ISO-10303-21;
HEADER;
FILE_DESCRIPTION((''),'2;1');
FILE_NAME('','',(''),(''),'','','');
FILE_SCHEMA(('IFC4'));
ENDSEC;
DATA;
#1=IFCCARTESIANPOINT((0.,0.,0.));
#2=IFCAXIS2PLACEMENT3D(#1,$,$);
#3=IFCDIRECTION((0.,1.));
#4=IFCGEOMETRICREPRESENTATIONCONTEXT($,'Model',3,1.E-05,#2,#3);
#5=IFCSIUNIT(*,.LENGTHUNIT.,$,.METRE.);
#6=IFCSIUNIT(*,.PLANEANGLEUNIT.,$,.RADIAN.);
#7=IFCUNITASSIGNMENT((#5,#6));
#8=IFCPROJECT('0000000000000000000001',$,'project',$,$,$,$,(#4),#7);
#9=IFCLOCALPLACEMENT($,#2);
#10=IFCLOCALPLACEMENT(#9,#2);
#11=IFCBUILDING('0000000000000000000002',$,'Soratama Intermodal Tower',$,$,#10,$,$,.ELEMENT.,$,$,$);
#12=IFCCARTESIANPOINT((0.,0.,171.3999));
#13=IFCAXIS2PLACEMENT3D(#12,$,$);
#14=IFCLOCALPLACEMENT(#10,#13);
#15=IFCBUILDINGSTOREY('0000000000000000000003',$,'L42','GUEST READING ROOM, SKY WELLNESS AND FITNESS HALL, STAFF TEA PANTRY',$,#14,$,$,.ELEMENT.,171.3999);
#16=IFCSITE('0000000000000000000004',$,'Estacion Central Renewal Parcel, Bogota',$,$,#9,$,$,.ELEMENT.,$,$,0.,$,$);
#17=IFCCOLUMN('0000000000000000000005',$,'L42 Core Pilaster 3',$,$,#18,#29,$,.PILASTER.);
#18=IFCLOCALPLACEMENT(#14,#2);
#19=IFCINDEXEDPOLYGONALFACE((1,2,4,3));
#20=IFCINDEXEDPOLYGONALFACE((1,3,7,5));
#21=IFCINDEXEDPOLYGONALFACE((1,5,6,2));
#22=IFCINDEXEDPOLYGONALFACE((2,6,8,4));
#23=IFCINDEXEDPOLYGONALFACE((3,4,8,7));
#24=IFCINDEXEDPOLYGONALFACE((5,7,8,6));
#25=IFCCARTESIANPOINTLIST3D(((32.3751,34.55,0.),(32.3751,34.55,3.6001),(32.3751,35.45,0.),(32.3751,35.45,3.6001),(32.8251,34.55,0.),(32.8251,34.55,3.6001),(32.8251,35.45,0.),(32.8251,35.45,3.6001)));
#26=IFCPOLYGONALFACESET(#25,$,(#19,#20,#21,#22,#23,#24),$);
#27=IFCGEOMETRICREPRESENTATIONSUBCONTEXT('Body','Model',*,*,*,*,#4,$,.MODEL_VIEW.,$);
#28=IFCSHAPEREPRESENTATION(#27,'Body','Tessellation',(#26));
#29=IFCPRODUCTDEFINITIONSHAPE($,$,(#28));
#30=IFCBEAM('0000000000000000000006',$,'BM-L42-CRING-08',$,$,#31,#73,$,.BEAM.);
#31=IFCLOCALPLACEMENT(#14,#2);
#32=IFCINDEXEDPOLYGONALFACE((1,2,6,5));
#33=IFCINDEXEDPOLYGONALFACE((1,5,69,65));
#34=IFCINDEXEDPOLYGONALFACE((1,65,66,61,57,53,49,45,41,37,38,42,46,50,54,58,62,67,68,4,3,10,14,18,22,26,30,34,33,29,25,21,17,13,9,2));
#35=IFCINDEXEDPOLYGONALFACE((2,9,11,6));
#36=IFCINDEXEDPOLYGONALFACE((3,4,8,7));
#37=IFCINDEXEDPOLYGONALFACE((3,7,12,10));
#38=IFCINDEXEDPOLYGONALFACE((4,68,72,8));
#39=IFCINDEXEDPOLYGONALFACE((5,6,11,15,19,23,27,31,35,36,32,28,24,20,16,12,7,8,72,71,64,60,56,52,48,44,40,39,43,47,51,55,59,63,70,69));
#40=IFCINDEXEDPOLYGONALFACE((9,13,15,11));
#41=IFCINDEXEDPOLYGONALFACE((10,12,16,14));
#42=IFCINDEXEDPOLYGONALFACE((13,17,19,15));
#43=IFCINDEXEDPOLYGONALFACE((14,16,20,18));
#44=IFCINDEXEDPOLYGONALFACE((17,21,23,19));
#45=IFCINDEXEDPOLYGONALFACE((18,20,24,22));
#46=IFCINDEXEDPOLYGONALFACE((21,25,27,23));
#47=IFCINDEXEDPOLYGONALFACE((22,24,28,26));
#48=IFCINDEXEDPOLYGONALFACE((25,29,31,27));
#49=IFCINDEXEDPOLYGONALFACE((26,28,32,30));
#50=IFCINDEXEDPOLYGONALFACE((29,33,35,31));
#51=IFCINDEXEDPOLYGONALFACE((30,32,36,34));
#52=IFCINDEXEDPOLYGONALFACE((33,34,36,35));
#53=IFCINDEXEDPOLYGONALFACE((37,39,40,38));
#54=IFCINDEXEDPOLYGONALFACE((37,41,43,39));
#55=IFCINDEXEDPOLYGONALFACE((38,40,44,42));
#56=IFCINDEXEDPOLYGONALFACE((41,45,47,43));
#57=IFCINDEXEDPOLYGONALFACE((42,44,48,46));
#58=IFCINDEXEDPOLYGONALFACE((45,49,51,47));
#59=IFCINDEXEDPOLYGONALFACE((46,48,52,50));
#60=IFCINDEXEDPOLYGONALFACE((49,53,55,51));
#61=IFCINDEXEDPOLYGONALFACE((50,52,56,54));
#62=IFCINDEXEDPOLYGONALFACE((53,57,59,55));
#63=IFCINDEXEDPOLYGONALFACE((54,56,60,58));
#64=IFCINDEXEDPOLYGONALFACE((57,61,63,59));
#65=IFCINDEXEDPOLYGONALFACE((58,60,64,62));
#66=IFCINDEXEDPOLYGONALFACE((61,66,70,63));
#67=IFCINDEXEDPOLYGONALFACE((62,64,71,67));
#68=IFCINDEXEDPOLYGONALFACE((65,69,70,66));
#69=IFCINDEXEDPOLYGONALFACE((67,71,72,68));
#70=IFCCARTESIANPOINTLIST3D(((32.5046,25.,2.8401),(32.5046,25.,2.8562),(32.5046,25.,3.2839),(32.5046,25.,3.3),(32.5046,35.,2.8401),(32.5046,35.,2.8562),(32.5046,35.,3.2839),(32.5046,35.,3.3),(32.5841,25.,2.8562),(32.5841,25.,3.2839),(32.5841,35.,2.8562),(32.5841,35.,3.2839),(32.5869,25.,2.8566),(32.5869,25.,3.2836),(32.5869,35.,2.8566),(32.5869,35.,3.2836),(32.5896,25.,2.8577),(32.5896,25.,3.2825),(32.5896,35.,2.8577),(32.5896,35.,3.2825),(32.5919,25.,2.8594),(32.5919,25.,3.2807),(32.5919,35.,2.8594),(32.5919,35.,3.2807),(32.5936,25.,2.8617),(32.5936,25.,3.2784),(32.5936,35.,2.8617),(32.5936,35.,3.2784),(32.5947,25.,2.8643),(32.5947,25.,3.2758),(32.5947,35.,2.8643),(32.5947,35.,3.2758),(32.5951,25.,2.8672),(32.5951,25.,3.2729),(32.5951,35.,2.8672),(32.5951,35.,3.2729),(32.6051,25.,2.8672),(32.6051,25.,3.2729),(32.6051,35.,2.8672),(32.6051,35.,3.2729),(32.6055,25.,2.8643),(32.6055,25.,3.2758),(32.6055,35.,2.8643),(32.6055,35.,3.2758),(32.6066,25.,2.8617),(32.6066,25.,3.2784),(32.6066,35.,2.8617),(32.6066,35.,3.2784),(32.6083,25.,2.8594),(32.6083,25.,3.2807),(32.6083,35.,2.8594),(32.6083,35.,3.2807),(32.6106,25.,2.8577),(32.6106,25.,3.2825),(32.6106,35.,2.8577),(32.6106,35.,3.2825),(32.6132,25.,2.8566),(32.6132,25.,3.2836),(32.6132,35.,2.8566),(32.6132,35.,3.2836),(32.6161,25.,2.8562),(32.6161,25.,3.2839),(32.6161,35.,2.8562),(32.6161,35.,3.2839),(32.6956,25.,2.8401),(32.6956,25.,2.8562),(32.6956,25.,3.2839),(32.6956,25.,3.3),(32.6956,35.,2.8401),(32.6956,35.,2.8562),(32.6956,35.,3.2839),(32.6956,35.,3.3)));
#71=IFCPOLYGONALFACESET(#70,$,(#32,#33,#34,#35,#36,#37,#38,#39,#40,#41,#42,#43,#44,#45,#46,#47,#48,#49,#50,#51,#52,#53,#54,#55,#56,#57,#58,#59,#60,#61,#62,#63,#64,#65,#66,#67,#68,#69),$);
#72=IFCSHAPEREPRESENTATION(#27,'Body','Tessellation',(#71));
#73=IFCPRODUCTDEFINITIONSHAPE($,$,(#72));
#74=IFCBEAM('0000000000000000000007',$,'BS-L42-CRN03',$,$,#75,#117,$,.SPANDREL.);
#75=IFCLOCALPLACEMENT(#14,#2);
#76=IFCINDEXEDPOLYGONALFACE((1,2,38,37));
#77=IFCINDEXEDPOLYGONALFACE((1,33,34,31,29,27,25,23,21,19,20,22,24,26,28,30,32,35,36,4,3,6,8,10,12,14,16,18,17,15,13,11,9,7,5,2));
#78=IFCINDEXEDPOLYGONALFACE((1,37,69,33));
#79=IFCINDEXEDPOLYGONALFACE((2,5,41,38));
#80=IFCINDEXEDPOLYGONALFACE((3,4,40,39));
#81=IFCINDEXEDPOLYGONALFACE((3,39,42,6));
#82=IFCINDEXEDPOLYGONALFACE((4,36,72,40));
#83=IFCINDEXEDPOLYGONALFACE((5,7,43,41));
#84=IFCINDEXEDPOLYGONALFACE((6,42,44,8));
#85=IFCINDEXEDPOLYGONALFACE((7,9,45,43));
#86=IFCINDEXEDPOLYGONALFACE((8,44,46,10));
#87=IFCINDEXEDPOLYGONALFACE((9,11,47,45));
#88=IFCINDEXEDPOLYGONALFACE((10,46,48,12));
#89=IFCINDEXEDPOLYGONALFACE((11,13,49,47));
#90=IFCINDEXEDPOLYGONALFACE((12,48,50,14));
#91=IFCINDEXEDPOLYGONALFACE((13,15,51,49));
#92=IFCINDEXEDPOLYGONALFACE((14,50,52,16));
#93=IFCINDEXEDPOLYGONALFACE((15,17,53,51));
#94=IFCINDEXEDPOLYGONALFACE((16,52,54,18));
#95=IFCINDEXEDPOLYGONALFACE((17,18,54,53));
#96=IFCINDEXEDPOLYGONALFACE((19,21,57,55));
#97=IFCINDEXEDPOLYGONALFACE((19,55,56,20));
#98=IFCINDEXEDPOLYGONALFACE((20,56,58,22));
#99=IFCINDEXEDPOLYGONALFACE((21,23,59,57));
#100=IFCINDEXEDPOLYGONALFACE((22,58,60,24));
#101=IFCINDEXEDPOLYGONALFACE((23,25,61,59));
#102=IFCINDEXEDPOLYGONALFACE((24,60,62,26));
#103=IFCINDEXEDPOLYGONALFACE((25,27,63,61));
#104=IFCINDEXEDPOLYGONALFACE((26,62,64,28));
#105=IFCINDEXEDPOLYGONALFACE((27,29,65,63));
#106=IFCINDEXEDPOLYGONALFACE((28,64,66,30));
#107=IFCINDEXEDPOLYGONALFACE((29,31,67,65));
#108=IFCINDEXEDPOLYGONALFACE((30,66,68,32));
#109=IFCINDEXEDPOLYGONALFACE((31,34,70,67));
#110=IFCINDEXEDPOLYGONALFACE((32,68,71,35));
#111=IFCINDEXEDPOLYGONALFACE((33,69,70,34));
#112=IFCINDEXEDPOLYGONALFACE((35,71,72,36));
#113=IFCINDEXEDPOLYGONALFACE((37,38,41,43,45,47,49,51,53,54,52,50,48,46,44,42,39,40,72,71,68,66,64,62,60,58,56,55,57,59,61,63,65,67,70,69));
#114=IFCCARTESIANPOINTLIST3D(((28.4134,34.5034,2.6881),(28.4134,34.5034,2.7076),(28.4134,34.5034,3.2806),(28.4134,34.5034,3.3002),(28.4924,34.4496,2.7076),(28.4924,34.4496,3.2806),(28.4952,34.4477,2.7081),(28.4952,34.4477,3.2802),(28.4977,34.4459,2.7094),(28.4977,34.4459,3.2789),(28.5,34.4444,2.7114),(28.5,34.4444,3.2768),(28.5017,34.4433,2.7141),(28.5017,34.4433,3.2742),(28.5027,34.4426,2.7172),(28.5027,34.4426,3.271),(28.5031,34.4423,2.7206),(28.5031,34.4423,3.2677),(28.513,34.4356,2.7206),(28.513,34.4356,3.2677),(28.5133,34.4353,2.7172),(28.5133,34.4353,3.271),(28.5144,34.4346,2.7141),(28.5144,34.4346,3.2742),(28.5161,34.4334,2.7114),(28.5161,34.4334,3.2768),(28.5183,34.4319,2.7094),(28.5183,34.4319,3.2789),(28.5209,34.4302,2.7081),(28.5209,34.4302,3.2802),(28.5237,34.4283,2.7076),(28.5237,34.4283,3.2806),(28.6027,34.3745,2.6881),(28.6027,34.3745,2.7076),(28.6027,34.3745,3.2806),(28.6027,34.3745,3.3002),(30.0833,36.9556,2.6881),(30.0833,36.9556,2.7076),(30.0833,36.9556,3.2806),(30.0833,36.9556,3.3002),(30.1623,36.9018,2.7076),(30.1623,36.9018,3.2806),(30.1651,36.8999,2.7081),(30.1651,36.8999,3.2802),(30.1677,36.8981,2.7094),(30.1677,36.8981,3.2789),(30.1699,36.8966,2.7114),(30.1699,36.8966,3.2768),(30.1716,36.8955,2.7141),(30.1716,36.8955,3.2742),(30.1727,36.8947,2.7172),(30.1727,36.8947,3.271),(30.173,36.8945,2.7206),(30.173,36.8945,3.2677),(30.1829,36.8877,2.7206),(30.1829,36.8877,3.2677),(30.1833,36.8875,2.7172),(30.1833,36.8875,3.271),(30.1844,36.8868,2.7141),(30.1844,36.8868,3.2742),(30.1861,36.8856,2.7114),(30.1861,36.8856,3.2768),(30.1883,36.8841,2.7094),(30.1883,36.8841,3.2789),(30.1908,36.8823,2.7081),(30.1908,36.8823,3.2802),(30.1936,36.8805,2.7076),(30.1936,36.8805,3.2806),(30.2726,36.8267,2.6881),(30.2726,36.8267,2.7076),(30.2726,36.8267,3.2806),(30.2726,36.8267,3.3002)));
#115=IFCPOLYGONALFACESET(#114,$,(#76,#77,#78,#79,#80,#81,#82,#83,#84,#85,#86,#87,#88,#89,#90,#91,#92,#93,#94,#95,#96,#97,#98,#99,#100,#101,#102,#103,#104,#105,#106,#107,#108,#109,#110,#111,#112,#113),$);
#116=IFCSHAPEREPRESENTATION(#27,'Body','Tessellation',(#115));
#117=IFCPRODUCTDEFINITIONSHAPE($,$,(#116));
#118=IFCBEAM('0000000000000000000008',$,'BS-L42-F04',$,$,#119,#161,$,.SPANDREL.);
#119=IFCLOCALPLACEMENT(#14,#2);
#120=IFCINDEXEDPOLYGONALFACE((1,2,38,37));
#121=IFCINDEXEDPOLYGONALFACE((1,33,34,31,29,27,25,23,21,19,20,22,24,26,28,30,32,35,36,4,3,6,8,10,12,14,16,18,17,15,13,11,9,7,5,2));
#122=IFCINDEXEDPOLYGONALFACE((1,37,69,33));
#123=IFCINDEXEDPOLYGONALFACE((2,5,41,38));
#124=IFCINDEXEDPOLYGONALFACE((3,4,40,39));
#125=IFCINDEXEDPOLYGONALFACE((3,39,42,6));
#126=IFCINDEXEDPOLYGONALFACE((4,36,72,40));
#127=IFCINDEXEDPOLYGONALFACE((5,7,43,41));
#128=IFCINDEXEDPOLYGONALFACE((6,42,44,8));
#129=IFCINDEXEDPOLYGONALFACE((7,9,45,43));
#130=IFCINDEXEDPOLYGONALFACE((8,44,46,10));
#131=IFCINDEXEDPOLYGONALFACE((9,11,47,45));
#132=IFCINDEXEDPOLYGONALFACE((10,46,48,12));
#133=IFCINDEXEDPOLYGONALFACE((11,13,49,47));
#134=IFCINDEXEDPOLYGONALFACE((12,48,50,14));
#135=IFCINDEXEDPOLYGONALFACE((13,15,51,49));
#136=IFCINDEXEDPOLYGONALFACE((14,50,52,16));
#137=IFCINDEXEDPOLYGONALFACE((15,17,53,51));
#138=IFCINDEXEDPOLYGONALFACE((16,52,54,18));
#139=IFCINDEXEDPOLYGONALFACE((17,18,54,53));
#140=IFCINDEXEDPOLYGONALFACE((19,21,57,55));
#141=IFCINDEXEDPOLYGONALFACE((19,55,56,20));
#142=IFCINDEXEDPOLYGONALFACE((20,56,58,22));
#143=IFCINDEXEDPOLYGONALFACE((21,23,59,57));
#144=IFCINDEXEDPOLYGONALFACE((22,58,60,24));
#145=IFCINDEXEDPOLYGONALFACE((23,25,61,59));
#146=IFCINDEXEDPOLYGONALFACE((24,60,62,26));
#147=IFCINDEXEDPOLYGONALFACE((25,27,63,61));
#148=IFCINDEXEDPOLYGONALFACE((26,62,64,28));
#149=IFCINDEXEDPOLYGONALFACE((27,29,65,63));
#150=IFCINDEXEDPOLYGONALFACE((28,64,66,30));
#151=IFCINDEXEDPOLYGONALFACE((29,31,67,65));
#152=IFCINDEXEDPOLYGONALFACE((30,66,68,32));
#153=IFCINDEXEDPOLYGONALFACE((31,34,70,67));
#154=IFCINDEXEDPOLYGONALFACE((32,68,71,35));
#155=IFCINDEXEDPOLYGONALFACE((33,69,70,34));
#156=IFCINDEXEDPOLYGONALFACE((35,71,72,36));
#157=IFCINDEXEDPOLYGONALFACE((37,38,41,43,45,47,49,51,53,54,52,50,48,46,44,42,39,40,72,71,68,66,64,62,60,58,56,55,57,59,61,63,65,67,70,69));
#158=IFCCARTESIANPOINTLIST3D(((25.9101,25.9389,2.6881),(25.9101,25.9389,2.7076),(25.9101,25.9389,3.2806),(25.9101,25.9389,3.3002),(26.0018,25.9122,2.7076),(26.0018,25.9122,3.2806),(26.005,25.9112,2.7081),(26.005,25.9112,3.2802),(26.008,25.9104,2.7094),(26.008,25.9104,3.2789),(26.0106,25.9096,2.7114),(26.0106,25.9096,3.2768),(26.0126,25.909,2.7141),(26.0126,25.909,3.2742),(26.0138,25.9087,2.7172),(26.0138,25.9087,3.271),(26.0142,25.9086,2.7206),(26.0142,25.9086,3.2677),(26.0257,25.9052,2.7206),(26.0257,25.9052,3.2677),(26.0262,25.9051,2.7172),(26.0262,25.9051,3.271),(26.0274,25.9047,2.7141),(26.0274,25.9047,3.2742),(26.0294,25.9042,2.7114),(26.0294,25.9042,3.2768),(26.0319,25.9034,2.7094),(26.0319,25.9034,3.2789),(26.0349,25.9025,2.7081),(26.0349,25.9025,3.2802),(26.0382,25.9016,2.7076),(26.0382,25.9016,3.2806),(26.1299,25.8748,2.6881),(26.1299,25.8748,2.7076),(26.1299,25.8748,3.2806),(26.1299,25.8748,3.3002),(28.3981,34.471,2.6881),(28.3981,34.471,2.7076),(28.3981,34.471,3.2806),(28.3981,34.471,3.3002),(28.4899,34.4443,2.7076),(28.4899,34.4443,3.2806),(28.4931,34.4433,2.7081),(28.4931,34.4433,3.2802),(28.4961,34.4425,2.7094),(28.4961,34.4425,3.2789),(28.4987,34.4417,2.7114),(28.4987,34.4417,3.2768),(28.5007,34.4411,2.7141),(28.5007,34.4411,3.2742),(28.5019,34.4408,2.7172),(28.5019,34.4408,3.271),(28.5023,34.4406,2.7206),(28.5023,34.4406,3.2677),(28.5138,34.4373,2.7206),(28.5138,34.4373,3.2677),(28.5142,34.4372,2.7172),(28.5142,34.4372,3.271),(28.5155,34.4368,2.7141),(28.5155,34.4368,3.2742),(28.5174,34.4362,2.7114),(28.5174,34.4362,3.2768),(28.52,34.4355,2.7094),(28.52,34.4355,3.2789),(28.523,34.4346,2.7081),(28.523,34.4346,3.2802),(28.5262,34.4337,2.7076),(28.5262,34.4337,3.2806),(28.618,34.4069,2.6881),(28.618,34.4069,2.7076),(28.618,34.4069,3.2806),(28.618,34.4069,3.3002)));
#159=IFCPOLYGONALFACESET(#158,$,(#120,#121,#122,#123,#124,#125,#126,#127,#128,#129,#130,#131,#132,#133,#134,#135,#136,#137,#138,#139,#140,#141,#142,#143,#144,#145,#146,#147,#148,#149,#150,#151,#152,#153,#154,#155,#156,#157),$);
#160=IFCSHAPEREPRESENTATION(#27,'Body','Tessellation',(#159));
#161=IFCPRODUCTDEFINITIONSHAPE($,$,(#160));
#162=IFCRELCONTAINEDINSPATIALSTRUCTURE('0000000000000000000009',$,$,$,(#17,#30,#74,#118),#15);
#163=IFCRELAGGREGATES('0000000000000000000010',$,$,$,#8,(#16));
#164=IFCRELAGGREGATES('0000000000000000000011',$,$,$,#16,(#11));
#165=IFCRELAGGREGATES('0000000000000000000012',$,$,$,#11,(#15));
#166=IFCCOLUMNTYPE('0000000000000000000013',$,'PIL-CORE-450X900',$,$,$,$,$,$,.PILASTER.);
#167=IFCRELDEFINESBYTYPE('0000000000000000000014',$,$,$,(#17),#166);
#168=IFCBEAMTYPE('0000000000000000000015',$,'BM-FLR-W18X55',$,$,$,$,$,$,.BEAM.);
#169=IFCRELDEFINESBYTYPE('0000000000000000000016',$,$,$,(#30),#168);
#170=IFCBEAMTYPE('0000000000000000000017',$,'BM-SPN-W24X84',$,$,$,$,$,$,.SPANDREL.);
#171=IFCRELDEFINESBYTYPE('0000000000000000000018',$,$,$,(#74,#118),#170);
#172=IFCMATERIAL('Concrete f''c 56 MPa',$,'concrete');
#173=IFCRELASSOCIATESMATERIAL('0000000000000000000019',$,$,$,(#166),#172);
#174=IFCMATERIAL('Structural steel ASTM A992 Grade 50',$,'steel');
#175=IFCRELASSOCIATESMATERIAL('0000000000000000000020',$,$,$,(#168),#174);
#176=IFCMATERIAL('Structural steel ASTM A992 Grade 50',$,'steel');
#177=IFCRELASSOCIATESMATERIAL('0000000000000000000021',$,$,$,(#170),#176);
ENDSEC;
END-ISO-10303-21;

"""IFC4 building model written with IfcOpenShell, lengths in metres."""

from ifc_helpers import new_model, si_unit, direction, frame, origin, origin_2d, place, context, subcontext, project, spatial, rectangle, i_section, extrude, material, material_profile, profile_set, type_object, element, save


model = new_model("IFC4")

# Units and contexts
model_context = context("Model", 3, precision=1e-05, world=origin(), true_north=direction((0.0, 1.0)))
body_context = subcontext(model_context, "Body", "Model", "MODEL_VIEW")
ifc_project = project(units=[si_unit("LENGTHUNIT", "METRE"), si_unit("PLANEANGLEUNIT", "RADIAN")], contexts=[model_context])

# Site, building, storey
site_placement = place(None, origin())
site = spatial("IfcSite", under=ifc_project, at=site_placement, Name="Estacion Central Renewal Parcel, Bogota", CompositionType="ELEMENT", RefElevation=0.0)
building_placement = place(site_placement, origin())
building = spatial("IfcBuilding", under=site, at=building_placement, Name="Soratama Intermodal Tower", CompositionType="ELEMENT")
storey_placement = place(building_placement, frame((0.0, 0.0, 171.3999)))
storey = spatial("IfcBuildingStorey", under=building, at=storey_placement, Name="L42", Description="GUEST READING ROOM, SKY WELLNESS AND FITNESS HALL, STAFF TEA PANTRY", CompositionType="ELEMENT", Elevation=171.3999)

# Column
ifc_material_1 = material(Name="Concrete f'c 56 MPa", Category="concrete")
ifc_material_profile_1 = material_profile(ifc_material_1, rectangle(XDim=0.45, YDim=0.8999, at=origin_2d()), Name="RC450X900")
ifc_profile_set_1 = profile_set([ifc_material_profile_1], Name="Concrete f'c 56 MPa")
column_type = type_object("IfcColumnType", Name="PIL-CORE-450X900", PredefinedType="PILASTER", material=ifc_profile_set_1)
column_placement = place(storey_placement, frame((32.6001, 35.0, 0.0), z_axis=(0.0, 0.0, 1.0), x_axis=(1.0, 0.0, 0.0)))
element("IfcColumn", 1, at=column_placement, inside=storey, type_object=column_type, Name="L42 Core Pilaster 3", PredefinedType="PILASTER", context=body_context, shape_type="SweptSolid", body=[
    extrude(rectangle(XDim=0.45, YDim=0.8999, at=origin_2d()), origin(), (0.0, 0.0, 1.0), 3.6001),
])

# Beams
ifc_material_2 = material(Name="Structural steel ASTM A992 Grade 50", Category="steel")
ifc_material_profile_2 = material_profile(ifc_material_2, i_section(OverallWidth=0.1909, OverallDepth=0.46, WebThickness=0.01, FlangeThickness=0.0161, FilletRadius=0.011, at=origin_2d()), Name="W18X55")
ifc_profile_set_2 = profile_set([ifc_material_profile_2], Name="Structural steel ASTM A992 Grade 50")
beam_type_1 = type_object("IfcBeamType", Name="BM-FLR-W18X55", PredefinedType="BEAM", material=ifc_profile_set_2)
beam_1_placement = place(storey_placement, frame((32.6001, 35.0, 3.0701), z_axis=(0.0, -1.0, 0.0), x_axis=(1.0, 0.0, 0.0)))
element("IfcBeam", 2, at=beam_1_placement, inside=storey, type_object=beam_type_1, Name="BM-L42-CRING-08", PredefinedType="BEAM", context=body_context, shape_type="SweptSolid", body=[
    extrude(i_section(OverallWidth=0.1909, OverallDepth=0.46, WebThickness=0.01, FlangeThickness=0.0161, FilletRadius=0.011, at=origin_2d()), origin(), (0.0, 0.0, 1.0), 10.0),
])
ifc_material_3 = material(Name="Structural steel ASTM A992 Grade 50", Category="steel")
ifc_material_profile_3 = material_profile(ifc_material_3, i_section(OverallWidth=0.229, OverallDepth=0.6121, WebThickness=0.012, FlangeThickness=0.0195, FilletRadius=0.0129, at=origin_2d()), Name="W24X84")
ifc_profile_set_3 = profile_set([ifc_material_profile_3], Name="Structural steel ASTM A992 Grade 50")
beam_type_2 = type_object("IfcBeamType", Name="BM-SPN-W24X84", PredefinedType="SPANDREL", material=ifc_profile_set_3)
beam_2_placement = place(storey_placement, frame((30.178, 36.8911, 2.9941), z_axis=(-0.562877, -0.826541, 0.0), x_axis=(0.826541, -0.562877, 0.0)))
element("IfcBeam", 3, at=beam_2_placement, inside=storey, type_object=beam_type_2, Name="BS-L42-CRN03", PredefinedType="SPANDREL", context=body_context, shape_type="SweptSolid", body=[
    extrude(i_section(OverallWidth=0.229, OverallDepth=0.6121, WebThickness=0.012, FlangeThickness=0.0195, FilletRadius=0.0129, at=origin_2d()), origin(), (0.0, 0.0, 1.0), 2.9668),
])
beam_3_placement = place(storey_placement, frame((28.5081, 34.439, 2.9941), z_axis=(-0.279953, -0.960014, 0.0), x_axis=(0.960014, -0.279953, 0.0)))
element("IfcBeam", 4, at=beam_3_placement, inside=storey, type_object=beam_type_2, Name="BS-L42-F04", PredefinedType="SPANDREL", context=body_context, shape_type="SweptSolid", body=[
    extrude(i_section(OverallWidth=0.229, OverallDepth=0.6121, WebThickness=0.012, FlangeThickness=0.0195, FilletRadius=0.0129, at=origin_2d()), origin(), (0.0, 0.0, 1.0), 8.8875),
])

save(model, "model.ifc")
